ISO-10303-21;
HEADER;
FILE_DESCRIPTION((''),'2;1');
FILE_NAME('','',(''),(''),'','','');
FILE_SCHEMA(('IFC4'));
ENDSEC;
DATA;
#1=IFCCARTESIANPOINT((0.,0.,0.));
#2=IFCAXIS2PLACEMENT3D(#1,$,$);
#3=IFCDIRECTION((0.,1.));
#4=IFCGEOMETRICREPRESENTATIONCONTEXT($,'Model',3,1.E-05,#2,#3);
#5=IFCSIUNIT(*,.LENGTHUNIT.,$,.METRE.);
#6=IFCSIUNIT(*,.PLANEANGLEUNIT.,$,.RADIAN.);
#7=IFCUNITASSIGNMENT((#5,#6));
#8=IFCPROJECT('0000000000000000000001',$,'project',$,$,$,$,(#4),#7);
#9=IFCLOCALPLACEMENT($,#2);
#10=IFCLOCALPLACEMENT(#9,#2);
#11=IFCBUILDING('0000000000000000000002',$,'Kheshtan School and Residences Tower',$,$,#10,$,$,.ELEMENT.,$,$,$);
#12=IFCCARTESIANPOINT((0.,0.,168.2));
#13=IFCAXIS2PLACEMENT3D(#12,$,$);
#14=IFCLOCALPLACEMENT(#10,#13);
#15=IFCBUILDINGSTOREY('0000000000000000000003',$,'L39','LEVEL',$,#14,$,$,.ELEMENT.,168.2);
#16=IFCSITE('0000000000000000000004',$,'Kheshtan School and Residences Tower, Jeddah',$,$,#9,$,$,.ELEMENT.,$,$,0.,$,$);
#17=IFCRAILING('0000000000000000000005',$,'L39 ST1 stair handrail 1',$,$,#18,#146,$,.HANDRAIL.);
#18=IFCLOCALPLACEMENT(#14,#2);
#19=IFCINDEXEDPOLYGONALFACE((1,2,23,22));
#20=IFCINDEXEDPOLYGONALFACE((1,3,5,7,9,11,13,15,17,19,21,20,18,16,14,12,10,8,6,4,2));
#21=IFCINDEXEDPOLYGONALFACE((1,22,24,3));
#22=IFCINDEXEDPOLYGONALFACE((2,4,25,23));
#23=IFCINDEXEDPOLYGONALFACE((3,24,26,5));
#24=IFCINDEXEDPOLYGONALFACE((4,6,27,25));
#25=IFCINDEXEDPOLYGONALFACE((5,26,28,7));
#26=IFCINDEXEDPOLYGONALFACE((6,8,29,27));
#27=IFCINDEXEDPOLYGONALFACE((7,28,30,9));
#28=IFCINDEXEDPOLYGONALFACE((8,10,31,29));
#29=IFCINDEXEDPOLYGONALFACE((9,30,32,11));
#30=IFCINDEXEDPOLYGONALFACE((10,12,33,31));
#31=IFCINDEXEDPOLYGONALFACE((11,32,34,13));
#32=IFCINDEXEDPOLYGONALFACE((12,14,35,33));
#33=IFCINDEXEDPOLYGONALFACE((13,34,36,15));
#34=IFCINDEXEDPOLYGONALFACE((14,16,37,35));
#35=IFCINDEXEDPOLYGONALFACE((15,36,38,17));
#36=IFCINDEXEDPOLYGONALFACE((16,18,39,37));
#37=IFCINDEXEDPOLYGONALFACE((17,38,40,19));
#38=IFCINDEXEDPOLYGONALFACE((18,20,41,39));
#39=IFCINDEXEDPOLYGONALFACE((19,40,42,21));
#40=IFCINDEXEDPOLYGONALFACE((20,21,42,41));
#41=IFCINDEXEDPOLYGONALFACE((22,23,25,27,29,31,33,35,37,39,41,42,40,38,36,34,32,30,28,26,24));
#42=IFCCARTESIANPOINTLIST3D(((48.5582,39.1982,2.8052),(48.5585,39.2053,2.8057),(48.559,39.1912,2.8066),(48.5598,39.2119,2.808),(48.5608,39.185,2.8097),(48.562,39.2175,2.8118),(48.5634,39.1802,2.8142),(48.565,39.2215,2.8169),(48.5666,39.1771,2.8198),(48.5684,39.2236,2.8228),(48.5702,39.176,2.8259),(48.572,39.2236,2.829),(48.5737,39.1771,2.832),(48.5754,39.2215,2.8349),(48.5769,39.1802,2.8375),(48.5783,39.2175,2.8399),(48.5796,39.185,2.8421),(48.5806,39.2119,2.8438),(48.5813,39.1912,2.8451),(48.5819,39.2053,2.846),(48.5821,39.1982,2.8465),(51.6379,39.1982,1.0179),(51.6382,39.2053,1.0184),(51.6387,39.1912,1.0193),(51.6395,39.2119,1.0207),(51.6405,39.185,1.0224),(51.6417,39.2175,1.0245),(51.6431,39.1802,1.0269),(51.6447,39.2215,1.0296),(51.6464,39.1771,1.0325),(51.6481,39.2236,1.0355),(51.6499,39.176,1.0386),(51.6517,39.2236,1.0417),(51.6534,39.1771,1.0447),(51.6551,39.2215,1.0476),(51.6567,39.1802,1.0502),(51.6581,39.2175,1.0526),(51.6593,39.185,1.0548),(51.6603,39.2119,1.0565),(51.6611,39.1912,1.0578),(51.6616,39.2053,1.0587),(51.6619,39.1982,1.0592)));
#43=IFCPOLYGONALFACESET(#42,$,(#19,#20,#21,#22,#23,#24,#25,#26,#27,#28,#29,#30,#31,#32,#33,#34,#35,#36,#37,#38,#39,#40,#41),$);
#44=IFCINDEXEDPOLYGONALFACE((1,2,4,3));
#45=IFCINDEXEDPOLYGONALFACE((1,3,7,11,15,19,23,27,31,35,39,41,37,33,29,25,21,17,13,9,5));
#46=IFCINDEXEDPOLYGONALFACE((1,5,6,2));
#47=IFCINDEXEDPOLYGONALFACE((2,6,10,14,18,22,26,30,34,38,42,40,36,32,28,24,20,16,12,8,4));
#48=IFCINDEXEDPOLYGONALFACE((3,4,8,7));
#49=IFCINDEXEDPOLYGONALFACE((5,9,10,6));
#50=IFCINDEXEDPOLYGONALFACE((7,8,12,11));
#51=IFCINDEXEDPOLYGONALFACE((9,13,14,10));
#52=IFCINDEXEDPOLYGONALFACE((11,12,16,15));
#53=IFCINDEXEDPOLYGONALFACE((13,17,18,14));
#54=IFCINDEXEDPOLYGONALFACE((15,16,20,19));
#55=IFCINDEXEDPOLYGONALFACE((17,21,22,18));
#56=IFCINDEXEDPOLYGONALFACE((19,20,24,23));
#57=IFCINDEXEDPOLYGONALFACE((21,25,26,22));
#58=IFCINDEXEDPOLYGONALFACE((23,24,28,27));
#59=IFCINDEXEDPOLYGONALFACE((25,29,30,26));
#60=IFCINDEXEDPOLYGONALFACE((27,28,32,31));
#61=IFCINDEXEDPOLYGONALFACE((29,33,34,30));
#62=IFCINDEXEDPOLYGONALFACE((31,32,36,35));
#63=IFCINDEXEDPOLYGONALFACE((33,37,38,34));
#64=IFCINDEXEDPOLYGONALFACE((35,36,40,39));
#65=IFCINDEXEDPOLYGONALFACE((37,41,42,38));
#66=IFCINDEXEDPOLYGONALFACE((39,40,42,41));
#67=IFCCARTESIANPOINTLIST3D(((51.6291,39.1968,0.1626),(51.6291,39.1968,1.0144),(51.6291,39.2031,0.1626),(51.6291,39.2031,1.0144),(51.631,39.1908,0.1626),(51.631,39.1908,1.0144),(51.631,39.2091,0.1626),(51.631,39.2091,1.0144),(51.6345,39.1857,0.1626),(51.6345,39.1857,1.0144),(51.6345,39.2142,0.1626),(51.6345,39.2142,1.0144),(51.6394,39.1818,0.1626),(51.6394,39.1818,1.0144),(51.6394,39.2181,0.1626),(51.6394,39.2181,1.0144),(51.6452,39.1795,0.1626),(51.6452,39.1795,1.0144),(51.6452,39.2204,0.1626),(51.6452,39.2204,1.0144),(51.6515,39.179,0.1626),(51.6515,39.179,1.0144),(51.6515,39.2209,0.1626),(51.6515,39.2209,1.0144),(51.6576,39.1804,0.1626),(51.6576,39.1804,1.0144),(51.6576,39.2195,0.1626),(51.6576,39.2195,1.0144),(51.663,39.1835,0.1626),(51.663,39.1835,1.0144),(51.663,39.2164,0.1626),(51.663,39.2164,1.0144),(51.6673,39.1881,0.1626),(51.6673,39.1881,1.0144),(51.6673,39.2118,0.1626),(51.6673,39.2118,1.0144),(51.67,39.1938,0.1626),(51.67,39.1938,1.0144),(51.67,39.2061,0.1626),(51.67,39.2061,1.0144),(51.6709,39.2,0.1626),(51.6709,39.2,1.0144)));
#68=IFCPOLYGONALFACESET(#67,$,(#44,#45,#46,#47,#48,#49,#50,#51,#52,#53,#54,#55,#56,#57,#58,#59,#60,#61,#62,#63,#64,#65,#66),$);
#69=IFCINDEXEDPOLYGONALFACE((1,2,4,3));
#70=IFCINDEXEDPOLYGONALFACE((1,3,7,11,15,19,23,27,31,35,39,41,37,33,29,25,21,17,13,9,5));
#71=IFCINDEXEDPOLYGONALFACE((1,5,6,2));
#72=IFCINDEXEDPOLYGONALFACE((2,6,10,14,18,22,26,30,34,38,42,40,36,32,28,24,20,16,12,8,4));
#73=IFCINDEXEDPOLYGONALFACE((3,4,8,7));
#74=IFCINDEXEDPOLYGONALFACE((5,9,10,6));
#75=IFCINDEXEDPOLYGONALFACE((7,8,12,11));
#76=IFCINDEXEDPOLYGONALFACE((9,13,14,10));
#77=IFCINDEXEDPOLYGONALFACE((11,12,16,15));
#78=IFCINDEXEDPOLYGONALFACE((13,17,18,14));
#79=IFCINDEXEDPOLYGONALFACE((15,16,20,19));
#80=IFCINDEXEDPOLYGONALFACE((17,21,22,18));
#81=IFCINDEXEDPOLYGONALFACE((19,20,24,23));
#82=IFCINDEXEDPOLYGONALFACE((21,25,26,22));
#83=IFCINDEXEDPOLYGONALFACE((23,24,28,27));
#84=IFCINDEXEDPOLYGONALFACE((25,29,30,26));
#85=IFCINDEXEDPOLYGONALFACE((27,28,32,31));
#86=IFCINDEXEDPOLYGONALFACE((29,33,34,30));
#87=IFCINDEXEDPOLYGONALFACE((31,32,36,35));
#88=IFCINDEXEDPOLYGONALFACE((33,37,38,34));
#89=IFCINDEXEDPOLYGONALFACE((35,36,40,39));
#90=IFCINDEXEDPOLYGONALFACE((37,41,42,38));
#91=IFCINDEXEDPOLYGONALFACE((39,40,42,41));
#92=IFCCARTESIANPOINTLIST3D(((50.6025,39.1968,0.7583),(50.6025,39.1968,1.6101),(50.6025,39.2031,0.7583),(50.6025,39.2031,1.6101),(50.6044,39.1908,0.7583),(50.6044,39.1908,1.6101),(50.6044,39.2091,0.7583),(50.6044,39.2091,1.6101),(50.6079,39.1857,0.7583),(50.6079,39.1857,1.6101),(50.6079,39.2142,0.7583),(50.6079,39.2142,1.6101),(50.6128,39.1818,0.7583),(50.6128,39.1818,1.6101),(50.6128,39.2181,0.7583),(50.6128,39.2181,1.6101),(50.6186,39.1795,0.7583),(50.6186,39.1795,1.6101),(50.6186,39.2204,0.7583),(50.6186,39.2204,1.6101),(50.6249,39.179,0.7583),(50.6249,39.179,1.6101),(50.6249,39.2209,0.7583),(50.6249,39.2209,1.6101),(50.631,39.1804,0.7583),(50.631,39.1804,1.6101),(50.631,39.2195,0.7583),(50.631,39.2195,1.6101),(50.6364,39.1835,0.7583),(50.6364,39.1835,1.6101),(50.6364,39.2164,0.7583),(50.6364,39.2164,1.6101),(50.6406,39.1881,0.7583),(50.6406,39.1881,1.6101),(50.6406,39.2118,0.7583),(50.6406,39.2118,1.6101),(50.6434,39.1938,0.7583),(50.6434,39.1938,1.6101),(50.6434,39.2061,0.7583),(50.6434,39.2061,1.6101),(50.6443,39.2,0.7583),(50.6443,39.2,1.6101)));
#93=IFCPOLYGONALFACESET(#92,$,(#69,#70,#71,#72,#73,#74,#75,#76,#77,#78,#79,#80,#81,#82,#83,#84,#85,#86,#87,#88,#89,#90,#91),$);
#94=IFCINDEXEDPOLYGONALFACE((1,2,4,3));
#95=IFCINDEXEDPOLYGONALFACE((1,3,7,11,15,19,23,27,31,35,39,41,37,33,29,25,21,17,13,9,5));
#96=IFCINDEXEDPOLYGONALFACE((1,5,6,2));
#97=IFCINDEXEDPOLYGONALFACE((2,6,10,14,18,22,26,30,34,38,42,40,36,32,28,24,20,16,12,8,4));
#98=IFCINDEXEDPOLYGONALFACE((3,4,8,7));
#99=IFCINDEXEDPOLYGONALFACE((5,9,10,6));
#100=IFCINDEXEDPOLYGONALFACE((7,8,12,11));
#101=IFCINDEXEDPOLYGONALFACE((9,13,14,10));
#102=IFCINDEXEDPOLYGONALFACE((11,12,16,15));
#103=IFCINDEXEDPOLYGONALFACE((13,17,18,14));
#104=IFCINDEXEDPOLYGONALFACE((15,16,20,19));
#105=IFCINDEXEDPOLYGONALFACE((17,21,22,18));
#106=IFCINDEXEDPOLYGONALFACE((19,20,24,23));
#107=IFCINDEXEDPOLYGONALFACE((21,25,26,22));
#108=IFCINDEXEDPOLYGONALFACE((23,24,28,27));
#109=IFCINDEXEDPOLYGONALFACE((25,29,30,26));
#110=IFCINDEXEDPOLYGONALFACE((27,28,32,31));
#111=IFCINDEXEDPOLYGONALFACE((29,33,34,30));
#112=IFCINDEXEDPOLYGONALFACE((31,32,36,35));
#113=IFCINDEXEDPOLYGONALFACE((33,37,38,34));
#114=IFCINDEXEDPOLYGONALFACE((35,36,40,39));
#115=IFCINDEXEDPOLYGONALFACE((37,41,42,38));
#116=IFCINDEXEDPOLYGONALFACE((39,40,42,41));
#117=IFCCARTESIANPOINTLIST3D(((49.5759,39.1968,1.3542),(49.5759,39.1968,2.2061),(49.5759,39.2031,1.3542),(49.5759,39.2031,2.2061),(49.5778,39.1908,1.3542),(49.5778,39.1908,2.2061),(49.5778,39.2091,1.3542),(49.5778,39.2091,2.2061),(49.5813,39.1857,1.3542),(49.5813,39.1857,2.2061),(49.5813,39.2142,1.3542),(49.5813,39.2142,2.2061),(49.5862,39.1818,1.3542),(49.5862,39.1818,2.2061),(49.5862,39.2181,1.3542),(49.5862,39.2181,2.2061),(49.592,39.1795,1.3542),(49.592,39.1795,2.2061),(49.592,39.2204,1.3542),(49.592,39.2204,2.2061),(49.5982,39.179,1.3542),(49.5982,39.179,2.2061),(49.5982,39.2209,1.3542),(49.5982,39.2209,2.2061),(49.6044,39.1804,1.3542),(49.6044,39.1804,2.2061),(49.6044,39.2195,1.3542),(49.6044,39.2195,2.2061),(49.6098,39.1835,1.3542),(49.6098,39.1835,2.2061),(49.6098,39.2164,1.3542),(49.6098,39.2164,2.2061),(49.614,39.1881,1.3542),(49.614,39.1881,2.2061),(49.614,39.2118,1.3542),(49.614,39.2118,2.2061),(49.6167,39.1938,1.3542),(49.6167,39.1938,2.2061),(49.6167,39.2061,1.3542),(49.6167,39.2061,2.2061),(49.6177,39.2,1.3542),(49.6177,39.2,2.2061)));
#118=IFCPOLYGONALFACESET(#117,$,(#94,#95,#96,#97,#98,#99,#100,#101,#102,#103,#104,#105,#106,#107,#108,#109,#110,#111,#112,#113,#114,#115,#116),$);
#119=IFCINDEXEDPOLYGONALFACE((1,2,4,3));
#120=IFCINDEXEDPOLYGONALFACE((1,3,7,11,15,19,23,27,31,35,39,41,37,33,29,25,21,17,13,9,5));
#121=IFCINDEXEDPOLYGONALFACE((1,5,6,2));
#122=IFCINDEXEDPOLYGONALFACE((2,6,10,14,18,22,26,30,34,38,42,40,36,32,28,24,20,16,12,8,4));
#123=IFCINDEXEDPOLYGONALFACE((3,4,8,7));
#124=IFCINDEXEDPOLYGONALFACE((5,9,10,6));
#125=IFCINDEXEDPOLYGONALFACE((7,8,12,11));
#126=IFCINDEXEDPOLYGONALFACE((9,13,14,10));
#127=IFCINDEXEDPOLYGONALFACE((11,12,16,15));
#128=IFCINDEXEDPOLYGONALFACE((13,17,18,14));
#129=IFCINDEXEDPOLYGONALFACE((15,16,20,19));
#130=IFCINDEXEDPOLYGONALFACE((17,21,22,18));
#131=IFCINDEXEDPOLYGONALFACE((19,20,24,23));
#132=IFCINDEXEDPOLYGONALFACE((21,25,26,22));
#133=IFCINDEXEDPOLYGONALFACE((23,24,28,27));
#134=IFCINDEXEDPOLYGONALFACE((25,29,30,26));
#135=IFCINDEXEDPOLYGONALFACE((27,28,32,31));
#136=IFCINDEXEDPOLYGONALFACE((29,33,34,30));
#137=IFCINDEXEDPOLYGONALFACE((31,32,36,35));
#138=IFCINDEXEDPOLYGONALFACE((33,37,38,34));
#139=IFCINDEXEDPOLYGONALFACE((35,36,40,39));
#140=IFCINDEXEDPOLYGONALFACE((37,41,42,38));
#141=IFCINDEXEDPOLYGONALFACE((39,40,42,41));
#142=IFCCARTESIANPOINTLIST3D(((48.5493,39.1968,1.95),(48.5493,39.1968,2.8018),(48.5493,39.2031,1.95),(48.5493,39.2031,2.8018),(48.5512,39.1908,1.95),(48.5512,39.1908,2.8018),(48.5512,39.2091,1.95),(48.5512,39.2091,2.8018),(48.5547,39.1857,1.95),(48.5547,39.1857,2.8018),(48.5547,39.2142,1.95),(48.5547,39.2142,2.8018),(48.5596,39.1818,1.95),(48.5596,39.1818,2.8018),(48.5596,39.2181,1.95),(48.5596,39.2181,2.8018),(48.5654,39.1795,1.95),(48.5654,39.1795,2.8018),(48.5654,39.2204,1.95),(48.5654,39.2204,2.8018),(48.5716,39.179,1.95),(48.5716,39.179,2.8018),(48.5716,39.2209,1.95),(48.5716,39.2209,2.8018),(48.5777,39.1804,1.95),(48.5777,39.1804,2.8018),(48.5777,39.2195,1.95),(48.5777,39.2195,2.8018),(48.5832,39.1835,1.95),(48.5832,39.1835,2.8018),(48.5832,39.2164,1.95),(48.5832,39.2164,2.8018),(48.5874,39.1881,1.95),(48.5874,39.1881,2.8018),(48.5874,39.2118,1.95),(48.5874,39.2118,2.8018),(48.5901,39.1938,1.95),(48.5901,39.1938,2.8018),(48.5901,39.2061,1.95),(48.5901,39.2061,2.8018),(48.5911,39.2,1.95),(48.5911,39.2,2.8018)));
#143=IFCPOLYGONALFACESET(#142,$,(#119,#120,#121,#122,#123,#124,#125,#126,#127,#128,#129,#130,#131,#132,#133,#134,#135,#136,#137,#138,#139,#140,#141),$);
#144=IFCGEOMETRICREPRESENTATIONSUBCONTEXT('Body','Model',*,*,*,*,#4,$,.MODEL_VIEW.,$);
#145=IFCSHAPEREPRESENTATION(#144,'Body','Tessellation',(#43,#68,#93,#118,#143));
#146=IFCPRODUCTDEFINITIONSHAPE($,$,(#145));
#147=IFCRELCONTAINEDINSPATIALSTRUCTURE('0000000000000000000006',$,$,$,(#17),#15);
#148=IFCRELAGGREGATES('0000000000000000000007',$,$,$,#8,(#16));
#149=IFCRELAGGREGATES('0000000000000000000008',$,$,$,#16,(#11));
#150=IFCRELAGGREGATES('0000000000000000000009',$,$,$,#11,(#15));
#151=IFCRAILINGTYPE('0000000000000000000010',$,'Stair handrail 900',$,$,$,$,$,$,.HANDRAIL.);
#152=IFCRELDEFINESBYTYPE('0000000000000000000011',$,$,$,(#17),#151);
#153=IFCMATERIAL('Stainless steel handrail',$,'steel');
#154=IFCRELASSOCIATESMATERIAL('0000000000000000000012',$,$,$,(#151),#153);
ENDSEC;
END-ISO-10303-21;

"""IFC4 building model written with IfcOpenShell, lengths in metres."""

from ifc_helpers import new_model, si_unit, direction, frame, origin, origin_2d, place, context, subcontext, project, spatial, circle, extrude, material, type_object, element, save


model = new_model("IFC4")

# Units and contexts
model_context = context("Model", 3, precision=1e-05, world=origin(), true_north=direction((0.0, 1.0)))
body_context = subcontext(model_context, "Body", "Model", "MODEL_VIEW")
ifc_project = project(units=[si_unit("LENGTHUNIT", "METRE"), si_unit("PLANEANGLEUNIT", "RADIAN")], contexts=[model_context])

# Site, building, storey
site_placement = place(None, origin())
site = spatial("IfcSite", under=ifc_project, at=site_placement, Name="Kheshtan School and Residences Tower, Jeddah", CompositionType="ELEMENT", RefElevation=0.0)
building_placement = place(site_placement, origin())
building = spatial("IfcBuilding", under=site, at=building_placement, Name="Kheshtan School and Residences Tower", CompositionType="ELEMENT")
storey_placement = place(building_placement, frame((0.0, 0.0, 168.2)))
storey = spatial("IfcBuildingStorey", under=building, at=storey_placement, Name="L39", Description="LEVEL", CompositionType="ELEMENT", Elevation=168.2)

# Railing
ifc_material_1 = material(Name="Stainless steel handrail", Category="steel")
railing_type_1 = type_object("IfcRailingType", Name="Stair handrail 900", PredefinedType="HANDRAIL", material=ifc_material_1)
railing_1_placement = place(storey_placement, frame((51.6499, 39.2, 0.1626)))
element("IfcRailing", 1, at=railing_1_placement, inside=storey, type_object=railing_type_1, Name="L39 ST1 stair handrail 1", PredefinedType="HANDRAIL", context=body_context, shape_type="SweptSolid", body=[
    extrude(circle(Radius=0.0239, at=origin_2d()), frame((0.0, 0.0, 0.876), z_axis=(-0.864903, 0.0, 0.501939), x_axis=(0.0, -1.0, 0.0)), (0.0, 0.0, 1.0), 3.5608),
    extrude(circle(Radius=0.021, at=origin_2d()), origin(), (0.0, 0.0, 1.0), 0.8518),
    extrude(circle(Radius=0.021, at=origin_2d()), frame((-1.0266, 0.0, 0.5957)), (0.0, 0.0, 1.0), 0.8518),
    extrude(circle(Radius=0.021, at=origin_2d()), frame((-2.0532, 0.0, 1.1917)), (0.0, 0.0, 1.0), 0.8518),
    extrude(circle(Radius=0.021, at=origin_2d()), frame((-3.0798, 0.0, 1.7874)), (0.0, 0.0, 1.0), 0.8518),
])

save(model, "model.ifc")
